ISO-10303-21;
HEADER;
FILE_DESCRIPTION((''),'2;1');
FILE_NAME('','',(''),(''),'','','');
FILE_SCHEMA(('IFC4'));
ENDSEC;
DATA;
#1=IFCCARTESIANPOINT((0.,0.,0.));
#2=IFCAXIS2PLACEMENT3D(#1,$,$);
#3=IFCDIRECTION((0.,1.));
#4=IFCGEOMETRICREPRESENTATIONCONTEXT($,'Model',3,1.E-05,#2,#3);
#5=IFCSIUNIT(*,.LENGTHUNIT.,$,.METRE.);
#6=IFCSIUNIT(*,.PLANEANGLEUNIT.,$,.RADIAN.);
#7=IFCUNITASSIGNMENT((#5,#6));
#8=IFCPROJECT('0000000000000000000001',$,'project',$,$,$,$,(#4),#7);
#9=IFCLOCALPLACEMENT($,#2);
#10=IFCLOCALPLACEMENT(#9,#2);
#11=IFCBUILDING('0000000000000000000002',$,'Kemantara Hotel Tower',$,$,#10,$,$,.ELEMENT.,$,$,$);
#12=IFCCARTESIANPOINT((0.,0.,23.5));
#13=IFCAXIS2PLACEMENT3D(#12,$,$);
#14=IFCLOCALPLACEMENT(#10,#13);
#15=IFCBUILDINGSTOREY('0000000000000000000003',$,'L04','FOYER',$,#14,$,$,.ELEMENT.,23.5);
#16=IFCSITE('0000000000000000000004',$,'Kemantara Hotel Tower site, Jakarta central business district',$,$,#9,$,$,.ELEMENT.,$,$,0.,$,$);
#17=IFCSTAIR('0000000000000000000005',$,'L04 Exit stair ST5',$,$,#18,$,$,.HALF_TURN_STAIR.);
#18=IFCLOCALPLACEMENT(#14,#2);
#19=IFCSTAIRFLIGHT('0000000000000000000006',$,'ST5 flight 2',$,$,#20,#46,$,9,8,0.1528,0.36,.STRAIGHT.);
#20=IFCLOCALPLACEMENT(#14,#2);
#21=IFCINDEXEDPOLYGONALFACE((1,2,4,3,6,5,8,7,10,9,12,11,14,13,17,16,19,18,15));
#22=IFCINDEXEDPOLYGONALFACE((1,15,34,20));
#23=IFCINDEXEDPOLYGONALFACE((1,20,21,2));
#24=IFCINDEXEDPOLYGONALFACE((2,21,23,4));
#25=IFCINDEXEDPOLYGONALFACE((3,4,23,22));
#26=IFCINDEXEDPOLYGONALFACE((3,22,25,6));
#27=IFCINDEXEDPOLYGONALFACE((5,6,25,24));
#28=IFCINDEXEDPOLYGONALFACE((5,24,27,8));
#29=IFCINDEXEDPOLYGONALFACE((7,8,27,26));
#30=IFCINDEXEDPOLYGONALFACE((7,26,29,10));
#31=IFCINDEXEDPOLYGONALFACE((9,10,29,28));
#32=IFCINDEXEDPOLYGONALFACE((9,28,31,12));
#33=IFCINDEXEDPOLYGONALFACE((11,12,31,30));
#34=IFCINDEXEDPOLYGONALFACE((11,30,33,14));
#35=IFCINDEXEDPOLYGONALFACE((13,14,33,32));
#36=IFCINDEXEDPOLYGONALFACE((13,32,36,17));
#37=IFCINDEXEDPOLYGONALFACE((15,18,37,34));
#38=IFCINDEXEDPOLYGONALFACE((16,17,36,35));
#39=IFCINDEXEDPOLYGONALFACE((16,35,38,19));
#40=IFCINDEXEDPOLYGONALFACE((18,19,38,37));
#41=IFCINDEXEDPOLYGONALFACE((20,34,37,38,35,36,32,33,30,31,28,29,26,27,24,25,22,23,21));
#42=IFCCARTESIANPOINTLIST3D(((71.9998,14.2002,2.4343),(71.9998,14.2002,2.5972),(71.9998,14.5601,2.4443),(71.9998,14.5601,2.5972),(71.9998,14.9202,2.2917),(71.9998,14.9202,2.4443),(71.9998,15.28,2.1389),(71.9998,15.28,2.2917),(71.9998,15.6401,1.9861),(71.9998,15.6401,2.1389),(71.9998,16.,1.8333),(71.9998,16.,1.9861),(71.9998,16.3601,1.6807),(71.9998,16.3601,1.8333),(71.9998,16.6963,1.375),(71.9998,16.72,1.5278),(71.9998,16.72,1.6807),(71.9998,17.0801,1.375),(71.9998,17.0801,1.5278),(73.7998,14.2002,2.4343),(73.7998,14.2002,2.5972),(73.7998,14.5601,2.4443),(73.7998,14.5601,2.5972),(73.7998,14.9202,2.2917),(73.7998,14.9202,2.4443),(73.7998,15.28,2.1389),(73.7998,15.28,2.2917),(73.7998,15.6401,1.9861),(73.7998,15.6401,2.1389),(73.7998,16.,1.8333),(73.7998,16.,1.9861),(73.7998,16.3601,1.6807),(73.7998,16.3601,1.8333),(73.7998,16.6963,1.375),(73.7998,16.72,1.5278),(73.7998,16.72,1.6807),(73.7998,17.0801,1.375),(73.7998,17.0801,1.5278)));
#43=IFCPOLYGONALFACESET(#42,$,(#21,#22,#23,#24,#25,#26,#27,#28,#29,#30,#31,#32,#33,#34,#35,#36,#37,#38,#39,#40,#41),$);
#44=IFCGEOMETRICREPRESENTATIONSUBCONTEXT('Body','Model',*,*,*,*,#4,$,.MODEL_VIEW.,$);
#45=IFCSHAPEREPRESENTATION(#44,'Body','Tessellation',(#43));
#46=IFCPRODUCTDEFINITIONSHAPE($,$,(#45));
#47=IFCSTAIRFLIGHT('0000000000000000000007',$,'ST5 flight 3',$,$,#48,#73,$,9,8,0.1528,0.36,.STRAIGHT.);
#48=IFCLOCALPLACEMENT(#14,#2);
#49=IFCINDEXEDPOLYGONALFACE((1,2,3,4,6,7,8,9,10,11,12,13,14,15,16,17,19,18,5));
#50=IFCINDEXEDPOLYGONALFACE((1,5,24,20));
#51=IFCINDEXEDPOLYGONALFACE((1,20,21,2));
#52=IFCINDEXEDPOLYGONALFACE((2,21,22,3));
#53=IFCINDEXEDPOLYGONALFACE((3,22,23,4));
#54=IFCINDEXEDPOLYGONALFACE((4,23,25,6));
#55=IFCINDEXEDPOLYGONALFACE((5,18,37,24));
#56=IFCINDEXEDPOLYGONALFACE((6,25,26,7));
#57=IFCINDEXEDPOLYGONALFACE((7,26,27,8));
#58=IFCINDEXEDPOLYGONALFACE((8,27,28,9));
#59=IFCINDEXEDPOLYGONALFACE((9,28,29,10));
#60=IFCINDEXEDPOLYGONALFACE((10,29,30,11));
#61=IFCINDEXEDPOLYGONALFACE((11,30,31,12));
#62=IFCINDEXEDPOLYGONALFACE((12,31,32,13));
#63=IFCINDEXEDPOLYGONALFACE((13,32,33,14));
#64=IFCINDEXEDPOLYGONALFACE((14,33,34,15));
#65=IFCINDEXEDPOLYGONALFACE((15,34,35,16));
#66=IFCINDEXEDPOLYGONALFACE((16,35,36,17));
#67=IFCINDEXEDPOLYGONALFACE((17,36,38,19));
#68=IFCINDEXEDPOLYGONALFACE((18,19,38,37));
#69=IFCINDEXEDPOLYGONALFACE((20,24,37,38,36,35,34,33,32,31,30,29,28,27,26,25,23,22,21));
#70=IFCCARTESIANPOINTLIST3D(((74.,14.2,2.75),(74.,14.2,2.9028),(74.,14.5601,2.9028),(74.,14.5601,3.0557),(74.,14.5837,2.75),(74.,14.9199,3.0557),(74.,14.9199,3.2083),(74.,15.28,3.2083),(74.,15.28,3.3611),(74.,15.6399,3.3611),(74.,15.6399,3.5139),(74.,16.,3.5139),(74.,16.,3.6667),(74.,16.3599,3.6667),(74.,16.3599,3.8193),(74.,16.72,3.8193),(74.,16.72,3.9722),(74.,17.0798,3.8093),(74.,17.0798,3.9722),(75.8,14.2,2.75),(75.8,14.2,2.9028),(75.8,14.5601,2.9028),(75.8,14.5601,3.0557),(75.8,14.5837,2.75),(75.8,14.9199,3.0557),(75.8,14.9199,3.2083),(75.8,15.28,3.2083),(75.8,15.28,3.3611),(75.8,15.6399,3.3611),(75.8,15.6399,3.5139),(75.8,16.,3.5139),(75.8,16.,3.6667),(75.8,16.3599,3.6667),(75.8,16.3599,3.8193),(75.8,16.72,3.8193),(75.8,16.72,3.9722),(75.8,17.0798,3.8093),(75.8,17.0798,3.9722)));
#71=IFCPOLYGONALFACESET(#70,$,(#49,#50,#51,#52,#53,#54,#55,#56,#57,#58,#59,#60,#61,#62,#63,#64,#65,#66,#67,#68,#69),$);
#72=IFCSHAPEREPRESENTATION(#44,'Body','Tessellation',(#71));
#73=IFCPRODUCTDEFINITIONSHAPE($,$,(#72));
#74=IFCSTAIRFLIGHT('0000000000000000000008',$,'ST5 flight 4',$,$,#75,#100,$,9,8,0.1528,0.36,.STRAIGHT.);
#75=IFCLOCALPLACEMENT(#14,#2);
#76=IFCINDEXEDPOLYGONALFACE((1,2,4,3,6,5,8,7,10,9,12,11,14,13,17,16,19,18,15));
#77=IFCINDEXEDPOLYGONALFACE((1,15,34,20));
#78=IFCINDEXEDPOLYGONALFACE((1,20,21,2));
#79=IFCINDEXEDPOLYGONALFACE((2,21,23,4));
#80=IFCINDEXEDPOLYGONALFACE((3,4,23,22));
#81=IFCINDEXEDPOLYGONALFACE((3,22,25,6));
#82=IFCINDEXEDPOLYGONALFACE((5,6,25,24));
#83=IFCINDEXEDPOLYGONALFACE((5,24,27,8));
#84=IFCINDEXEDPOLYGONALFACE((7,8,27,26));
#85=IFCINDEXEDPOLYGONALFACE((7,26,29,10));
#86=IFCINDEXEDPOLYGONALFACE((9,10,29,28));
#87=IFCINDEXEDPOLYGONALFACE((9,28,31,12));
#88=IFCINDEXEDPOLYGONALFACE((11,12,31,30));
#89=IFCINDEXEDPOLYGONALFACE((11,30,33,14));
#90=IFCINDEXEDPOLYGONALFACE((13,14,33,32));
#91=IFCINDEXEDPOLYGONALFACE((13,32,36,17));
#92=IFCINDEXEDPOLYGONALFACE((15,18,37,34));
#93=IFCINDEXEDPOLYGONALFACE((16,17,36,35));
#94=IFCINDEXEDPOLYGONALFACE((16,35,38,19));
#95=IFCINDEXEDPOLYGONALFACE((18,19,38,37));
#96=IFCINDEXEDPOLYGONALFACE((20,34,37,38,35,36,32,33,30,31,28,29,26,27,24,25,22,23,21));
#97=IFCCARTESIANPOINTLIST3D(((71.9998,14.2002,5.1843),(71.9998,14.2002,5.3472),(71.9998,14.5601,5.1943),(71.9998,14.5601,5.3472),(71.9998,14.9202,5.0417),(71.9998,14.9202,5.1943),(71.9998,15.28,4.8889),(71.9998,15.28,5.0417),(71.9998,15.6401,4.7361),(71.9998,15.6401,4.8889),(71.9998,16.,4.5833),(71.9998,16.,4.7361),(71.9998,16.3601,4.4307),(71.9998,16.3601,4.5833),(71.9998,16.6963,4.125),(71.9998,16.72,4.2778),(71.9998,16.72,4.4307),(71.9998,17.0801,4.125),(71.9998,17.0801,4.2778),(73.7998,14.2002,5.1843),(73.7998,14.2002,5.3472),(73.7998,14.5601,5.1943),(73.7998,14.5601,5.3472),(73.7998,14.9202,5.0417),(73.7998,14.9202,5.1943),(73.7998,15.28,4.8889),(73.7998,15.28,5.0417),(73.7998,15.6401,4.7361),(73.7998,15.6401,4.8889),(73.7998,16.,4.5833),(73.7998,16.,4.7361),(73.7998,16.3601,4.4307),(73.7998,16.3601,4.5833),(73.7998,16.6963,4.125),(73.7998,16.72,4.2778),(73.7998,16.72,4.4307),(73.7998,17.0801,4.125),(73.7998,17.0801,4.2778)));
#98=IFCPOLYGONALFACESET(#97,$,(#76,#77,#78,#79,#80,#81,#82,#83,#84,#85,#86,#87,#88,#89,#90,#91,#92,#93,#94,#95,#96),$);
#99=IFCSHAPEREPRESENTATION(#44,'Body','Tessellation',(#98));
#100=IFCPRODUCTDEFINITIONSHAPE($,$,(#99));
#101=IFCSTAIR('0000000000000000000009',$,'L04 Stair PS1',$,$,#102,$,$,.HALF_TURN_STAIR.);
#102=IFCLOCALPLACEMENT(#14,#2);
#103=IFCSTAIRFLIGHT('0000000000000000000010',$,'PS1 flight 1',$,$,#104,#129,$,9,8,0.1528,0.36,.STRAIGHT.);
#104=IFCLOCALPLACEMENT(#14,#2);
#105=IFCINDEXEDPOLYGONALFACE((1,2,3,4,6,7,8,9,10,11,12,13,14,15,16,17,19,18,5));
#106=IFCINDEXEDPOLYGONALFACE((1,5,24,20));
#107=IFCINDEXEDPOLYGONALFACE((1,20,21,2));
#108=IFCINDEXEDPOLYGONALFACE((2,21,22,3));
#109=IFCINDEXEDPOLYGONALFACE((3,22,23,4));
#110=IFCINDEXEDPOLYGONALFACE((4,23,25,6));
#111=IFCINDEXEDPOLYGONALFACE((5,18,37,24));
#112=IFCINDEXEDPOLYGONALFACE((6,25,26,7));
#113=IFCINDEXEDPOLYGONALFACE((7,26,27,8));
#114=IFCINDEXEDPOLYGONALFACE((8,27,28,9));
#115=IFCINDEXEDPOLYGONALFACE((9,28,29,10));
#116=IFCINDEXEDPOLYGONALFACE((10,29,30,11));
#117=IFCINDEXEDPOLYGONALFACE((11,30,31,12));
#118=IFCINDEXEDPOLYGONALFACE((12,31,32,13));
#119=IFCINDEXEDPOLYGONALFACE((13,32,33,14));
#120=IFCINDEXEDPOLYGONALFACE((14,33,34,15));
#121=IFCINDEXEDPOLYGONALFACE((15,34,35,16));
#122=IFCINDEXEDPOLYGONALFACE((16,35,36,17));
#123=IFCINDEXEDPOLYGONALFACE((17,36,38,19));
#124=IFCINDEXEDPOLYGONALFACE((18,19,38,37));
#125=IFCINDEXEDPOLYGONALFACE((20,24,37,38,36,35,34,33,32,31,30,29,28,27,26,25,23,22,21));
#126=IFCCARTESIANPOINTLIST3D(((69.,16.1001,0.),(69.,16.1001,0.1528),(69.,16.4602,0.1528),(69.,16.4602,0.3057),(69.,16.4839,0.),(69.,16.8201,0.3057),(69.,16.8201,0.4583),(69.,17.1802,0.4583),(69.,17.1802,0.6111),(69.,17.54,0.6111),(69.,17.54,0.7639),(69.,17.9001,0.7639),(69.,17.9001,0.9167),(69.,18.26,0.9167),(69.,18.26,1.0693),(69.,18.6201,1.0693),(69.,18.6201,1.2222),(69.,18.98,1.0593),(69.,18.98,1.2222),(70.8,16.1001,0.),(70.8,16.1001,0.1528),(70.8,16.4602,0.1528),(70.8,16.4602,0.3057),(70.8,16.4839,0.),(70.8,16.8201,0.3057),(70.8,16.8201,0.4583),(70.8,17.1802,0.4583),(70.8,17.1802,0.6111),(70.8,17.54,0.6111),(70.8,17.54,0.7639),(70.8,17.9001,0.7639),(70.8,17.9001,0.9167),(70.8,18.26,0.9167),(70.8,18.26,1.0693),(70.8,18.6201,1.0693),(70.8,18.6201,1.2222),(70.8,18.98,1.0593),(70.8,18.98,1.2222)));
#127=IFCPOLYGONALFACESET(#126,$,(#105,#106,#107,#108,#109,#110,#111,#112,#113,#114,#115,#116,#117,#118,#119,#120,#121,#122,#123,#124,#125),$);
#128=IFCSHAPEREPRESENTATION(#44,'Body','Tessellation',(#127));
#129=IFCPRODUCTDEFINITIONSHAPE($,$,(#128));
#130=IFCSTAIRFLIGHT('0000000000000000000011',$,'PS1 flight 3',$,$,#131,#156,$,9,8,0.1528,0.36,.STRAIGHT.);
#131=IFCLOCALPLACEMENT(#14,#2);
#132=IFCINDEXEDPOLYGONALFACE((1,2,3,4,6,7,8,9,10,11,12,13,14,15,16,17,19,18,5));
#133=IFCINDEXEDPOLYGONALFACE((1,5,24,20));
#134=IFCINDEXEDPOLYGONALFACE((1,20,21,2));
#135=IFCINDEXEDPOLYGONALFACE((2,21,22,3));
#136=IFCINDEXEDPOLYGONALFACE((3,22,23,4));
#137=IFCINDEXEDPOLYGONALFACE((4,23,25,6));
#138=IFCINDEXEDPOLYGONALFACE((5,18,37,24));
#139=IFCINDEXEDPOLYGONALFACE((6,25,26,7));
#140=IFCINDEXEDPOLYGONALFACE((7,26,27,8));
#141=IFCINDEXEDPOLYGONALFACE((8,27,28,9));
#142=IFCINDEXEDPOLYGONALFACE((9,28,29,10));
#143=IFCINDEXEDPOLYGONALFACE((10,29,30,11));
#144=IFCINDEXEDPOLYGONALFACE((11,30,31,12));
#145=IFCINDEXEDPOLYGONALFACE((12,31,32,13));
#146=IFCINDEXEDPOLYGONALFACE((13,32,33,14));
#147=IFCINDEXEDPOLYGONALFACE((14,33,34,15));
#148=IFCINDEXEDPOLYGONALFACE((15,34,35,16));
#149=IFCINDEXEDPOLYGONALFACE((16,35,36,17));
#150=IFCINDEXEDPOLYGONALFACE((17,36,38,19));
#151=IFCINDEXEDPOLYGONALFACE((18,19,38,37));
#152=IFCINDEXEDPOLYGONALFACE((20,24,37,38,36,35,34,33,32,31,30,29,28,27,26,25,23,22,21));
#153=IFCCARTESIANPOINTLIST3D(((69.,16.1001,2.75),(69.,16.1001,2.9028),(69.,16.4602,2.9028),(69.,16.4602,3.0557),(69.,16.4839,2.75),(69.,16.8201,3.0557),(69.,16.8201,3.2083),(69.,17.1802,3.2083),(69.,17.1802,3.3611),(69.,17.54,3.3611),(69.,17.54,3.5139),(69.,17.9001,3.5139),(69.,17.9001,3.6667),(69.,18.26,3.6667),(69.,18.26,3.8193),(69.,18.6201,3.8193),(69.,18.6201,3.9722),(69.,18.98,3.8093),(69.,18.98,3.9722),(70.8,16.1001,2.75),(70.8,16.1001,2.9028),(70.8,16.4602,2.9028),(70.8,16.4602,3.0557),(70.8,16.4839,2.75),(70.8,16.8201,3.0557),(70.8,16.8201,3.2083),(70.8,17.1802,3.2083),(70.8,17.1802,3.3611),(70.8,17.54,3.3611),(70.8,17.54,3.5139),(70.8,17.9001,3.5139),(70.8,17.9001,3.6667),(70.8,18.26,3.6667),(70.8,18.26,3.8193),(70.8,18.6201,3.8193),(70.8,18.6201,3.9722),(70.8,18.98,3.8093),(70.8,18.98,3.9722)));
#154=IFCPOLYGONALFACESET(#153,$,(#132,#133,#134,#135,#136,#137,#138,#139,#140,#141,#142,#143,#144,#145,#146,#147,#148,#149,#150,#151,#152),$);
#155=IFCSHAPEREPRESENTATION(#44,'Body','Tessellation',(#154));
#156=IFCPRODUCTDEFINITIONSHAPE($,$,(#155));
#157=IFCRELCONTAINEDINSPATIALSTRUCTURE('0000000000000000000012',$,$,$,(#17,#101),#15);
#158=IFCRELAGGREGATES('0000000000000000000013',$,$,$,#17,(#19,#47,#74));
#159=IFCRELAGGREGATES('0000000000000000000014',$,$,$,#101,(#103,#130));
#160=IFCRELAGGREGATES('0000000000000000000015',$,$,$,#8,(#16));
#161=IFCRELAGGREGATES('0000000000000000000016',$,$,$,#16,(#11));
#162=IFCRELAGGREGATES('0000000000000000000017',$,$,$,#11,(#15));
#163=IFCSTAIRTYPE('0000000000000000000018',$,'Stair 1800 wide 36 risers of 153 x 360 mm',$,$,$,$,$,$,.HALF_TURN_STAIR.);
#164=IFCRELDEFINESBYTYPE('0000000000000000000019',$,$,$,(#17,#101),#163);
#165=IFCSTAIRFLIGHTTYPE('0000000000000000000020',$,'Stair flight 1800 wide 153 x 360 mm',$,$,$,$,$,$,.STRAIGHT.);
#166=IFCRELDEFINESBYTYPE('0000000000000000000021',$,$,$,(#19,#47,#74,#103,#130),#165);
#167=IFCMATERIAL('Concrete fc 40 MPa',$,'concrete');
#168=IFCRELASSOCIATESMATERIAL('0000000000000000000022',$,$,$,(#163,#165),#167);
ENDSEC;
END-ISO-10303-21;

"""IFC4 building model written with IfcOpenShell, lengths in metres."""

from ifc_helpers import new_model, si_unit, direction, frame, origin, place, context, subcontext, project, spatial, polyline, outline, extrude, material, type_object, element, aggregate, save


model = new_model("IFC4")

# Units and contexts
model_context = context("Model", 3, precision=1e-05, world=origin(), true_north=direction((0.0, 1.0)))
body_context = subcontext(model_context, "Body", "Model", "MODEL_VIEW")
ifc_project = project(units=[si_unit("LENGTHUNIT", "METRE"), si_unit("PLANEANGLEUNIT", "RADIAN")], contexts=[model_context])

# Site, building, storey
site_placement = place(None, origin())
site = spatial("IfcSite", under=ifc_project, at=site_placement, Name="Kemantara Hotel Tower site, Jakarta central business district", CompositionType="ELEMENT", RefElevation=0.0)
building_placement = place(site_placement, origin())
building = spatial("IfcBuilding", under=site, at=building_placement, Name="Kemantara Hotel Tower", CompositionType="ELEMENT")
storey_placement = place(building_placement, frame((0.0, 0.0, 23.5)))
storey = spatial("IfcBuildingStorey", under=building, at=storey_placement, Name="L04", Description="FOYER", CompositionType="ELEMENT", Elevation=23.5)

# Shared definitions
ifc_material_1 = material(Name="Concrete fc 40 MPa", Category="concrete")

# Stairs, stair flights
stair_type = type_object("IfcStairType", Name="Stair 1800 wide 36 risers of 153 x 360 mm", PredefinedType="HALF_TURN_STAIR", material=ifc_material_1)
stair_1_placement = place(storey_placement, origin())
stair_1 = element("IfcStair", 1, at=stair_1_placement, inside=storey, type_object=stair_type, Name="L04 Exit stair ST5", PredefinedType="HALF_TURN_STAIR")
stair_flight_type = type_object("IfcStairFlightType", Name="Stair flight 1800 wide 153 x 360 mm", PredefinedType="STRAIGHT", material=ifc_material_1)
stair_flight_1_placement = place(storey_placement, frame((72.8999, 17.0801, 1.375), z_axis=(0.0, 0.0, 1.0), x_axis=(0.0, -1.0, 0.0)))
stair_flight_1 = element("IfcStairFlight", 2, at=stair_flight_1_placement, type_object=stair_flight_type, Name="ST5 flight 2", NumberOfRisers=9, NumberOfTreads=8, PredefinedType="STRAIGHT", RiserHeight=0.1528, TreadLength=0.36, context=body_context, shape_type="SweptSolid", body=[
    extrude(outline(polyline([(0.0, 0.0), (0.0, 0.1528), (0.3601, 0.1528), (0.3601, 0.3057), (0.72, 0.3057), (0.72, 0.4583), (1.0801, 0.4583), (1.0801, 0.6111), (1.4399, 0.6111), (1.4399, 0.7639), (1.8, 0.7639), (1.8, 0.9167), (2.1599, 0.9167), (2.1599, 1.0693), (2.52, 1.0693), (2.52, 1.2222), (2.8799, 1.2222), (2.8799, 1.375), (2.8799, 1.0593), (0.3838, 0.0), (0.0, 0.0)])), frame((0.0, 0.8999, 0.0), z_axis=(0.0, -1.0, 0.0), x_axis=(1.0, 0.0, 0.0)), (0.0, 0.0, 1.0), 1.8),
])
stair_flight_2_placement = place(storey_placement, frame((74.8999, 14.2, 2.75), z_axis=(0.0, 0.0, 1.0), x_axis=(0.0, 1.0, 0.0)))
stair_flight_2 = element("IfcStairFlight", 3, at=stair_flight_2_placement, type_object=stair_flight_type, Name="ST5 flight 3", NumberOfRisers=9, NumberOfTreads=8, PredefinedType="STRAIGHT", RiserHeight=0.1528, TreadLength=0.36, context=body_context, shape_type="SweptSolid", body=[
    extrude(outline(polyline([(0.0, 0.0), (0.0, 0.1528), (0.3601, 0.1528), (0.3601, 0.3057), (0.72, 0.3057), (0.72, 0.4583), (1.0801, 0.4583), (1.0801, 0.6111), (1.4399, 0.6111), (1.4399, 0.7639), (1.8, 0.7639), (1.8, 0.9167), (2.1599, 0.9167), (2.1599, 1.0693), (2.52, 1.0693), (2.52, 1.2222), (2.8799, 1.2222), (2.8799, 1.375), (2.8799, 1.0593), (0.3838, 0.0), (0.0, 0.0)])), frame((0.0, 0.8999, 0.0), z_axis=(0.0, -1.0, 0.0), x_axis=(1.0, 0.0, 0.0)), (0.0, 0.0, 1.0), 1.8),
])
stair_flight_3_placement = place(storey_placement, frame((72.8999, 17.0801, 4.125), z_axis=(0.0, 0.0, 1.0), x_axis=(0.0, -1.0, 0.0)))
stair_flight_3 = element("IfcStairFlight", 4, at=stair_flight_3_placement, type_object=stair_flight_type, Name="ST5 flight 4", NumberOfRisers=9, NumberOfTreads=8, PredefinedType="STRAIGHT", RiserHeight=0.1528, TreadLength=0.36, context=body_context, shape_type="SweptSolid", body=[
    extrude(outline(polyline([(0.0, 0.0), (0.0, 0.1528), (0.3601, 0.1528), (0.3601, 0.3057), (0.72, 0.3057), (0.72, 0.4583), (1.0801, 0.4583), (1.0801, 0.6111), (1.4399, 0.6111), (1.4399, 0.7639), (1.8, 0.7639), (1.8, 0.9167), (2.1599, 0.9167), (2.1599, 1.0693), (2.52, 1.0693), (2.52, 1.2222), (2.8799, 1.2222), (2.8799, 1.375), (2.8799, 1.0593), (0.3838, 0.0), (0.0, 0.0)])), frame((0.0, 0.8999, 0.0), z_axis=(0.0, -1.0, 0.0), x_axis=(1.0, 0.0, 0.0)), (0.0, 0.0, 1.0), 1.8),
])
aggregate(stair_1, [stair_flight_1, stair_flight_2, stair_flight_3])
stair_2_placement = place(storey_placement, origin())
stair_2 = element("IfcStair", 5, at=stair_2_placement, inside=storey, type_object=stair_type, Name="L04 Stair PS1", PredefinedType="HALF_TURN_STAIR")
stair_flight_4_placement = place(storey_placement, frame((69.8999, 16.1001, 0.0), z_axis=(0.0, 0.0, 1.0), x_axis=(0.0, 1.0, 0.0)))
stair_flight_4 = element("IfcStairFlight", 6, at=stair_flight_4_placement, type_object=stair_flight_type, Name="PS1 flight 1", NumberOfRisers=9, NumberOfTreads=8, PredefinedType="STRAIGHT", RiserHeight=0.1528, TreadLength=0.36, context=body_context, shape_type="SweptSolid", body=[
    extrude(outline(polyline([(0.0, 0.0), (0.0, 0.1528), (0.3601, 0.1528), (0.3601, 0.3057), (0.72, 0.3057), (0.72, 0.4583), (1.0801, 0.4583), (1.0801, 0.6111), (1.4399, 0.6111), (1.4399, 0.7639), (1.8, 0.7639), (1.8, 0.9167), (2.1599, 0.9167), (2.1599, 1.0693), (2.52, 1.0693), (2.52, 1.2222), (2.8799, 1.2222), (2.8799, 1.375), (2.8799, 1.0593), (0.3838, 0.0), (0.0, 0.0)])), frame((0.0, 0.8999, 0.0), z_axis=(0.0, -1.0, 0.0), x_axis=(1.0, 0.0, 0.0)), (0.0, 0.0, 1.0), 1.8),
])
stair_flight_5_placement = place(storey_placement, frame((69.8999, 16.1001, 2.75), z_axis=(0.0, 0.0, 1.0), x_axis=(0.0, 1.0, 0.0)))
stair_flight_5 = element("IfcStairFlight", 7, at=stair_flight_5_placement, type_object=stair_flight_type, Name="PS1 flight 3", NumberOfRisers=9, NumberOfTreads=8, PredefinedType="STRAIGHT", RiserHeight=0.1528, TreadLength=0.36, context=body_context, shape_type="SweptSolid", body=[
    extrude(outline(polyline([(0.0, 0.0), (0.0, 0.1528), (0.3601, 0.1528), (0.3601, 0.3057), (0.72, 0.3057), (0.72, 0.4583), (1.0801, 0.4583), (1.0801, 0.6111), (1.4399, 0.6111), (1.4399, 0.7639), (1.8, 0.7639), (1.8, 0.9167), (2.1599, 0.9167), (2.1599, 1.0693), (2.52, 1.0693), (2.52, 1.2222), (2.8799, 1.2222), (2.8799, 1.375), (2.8799, 1.0593), (0.3838, 0.0), (0.0, 0.0)])), frame((0.0, 0.8999, 0.0), z_axis=(0.0, -1.0, 0.0), x_axis=(1.0, 0.0, 0.0)), (0.0, 0.0, 1.0), 1.8),
])
aggregate(stair_2, [stair_flight_4, stair_flight_5])

save(model, "model.ifc")
